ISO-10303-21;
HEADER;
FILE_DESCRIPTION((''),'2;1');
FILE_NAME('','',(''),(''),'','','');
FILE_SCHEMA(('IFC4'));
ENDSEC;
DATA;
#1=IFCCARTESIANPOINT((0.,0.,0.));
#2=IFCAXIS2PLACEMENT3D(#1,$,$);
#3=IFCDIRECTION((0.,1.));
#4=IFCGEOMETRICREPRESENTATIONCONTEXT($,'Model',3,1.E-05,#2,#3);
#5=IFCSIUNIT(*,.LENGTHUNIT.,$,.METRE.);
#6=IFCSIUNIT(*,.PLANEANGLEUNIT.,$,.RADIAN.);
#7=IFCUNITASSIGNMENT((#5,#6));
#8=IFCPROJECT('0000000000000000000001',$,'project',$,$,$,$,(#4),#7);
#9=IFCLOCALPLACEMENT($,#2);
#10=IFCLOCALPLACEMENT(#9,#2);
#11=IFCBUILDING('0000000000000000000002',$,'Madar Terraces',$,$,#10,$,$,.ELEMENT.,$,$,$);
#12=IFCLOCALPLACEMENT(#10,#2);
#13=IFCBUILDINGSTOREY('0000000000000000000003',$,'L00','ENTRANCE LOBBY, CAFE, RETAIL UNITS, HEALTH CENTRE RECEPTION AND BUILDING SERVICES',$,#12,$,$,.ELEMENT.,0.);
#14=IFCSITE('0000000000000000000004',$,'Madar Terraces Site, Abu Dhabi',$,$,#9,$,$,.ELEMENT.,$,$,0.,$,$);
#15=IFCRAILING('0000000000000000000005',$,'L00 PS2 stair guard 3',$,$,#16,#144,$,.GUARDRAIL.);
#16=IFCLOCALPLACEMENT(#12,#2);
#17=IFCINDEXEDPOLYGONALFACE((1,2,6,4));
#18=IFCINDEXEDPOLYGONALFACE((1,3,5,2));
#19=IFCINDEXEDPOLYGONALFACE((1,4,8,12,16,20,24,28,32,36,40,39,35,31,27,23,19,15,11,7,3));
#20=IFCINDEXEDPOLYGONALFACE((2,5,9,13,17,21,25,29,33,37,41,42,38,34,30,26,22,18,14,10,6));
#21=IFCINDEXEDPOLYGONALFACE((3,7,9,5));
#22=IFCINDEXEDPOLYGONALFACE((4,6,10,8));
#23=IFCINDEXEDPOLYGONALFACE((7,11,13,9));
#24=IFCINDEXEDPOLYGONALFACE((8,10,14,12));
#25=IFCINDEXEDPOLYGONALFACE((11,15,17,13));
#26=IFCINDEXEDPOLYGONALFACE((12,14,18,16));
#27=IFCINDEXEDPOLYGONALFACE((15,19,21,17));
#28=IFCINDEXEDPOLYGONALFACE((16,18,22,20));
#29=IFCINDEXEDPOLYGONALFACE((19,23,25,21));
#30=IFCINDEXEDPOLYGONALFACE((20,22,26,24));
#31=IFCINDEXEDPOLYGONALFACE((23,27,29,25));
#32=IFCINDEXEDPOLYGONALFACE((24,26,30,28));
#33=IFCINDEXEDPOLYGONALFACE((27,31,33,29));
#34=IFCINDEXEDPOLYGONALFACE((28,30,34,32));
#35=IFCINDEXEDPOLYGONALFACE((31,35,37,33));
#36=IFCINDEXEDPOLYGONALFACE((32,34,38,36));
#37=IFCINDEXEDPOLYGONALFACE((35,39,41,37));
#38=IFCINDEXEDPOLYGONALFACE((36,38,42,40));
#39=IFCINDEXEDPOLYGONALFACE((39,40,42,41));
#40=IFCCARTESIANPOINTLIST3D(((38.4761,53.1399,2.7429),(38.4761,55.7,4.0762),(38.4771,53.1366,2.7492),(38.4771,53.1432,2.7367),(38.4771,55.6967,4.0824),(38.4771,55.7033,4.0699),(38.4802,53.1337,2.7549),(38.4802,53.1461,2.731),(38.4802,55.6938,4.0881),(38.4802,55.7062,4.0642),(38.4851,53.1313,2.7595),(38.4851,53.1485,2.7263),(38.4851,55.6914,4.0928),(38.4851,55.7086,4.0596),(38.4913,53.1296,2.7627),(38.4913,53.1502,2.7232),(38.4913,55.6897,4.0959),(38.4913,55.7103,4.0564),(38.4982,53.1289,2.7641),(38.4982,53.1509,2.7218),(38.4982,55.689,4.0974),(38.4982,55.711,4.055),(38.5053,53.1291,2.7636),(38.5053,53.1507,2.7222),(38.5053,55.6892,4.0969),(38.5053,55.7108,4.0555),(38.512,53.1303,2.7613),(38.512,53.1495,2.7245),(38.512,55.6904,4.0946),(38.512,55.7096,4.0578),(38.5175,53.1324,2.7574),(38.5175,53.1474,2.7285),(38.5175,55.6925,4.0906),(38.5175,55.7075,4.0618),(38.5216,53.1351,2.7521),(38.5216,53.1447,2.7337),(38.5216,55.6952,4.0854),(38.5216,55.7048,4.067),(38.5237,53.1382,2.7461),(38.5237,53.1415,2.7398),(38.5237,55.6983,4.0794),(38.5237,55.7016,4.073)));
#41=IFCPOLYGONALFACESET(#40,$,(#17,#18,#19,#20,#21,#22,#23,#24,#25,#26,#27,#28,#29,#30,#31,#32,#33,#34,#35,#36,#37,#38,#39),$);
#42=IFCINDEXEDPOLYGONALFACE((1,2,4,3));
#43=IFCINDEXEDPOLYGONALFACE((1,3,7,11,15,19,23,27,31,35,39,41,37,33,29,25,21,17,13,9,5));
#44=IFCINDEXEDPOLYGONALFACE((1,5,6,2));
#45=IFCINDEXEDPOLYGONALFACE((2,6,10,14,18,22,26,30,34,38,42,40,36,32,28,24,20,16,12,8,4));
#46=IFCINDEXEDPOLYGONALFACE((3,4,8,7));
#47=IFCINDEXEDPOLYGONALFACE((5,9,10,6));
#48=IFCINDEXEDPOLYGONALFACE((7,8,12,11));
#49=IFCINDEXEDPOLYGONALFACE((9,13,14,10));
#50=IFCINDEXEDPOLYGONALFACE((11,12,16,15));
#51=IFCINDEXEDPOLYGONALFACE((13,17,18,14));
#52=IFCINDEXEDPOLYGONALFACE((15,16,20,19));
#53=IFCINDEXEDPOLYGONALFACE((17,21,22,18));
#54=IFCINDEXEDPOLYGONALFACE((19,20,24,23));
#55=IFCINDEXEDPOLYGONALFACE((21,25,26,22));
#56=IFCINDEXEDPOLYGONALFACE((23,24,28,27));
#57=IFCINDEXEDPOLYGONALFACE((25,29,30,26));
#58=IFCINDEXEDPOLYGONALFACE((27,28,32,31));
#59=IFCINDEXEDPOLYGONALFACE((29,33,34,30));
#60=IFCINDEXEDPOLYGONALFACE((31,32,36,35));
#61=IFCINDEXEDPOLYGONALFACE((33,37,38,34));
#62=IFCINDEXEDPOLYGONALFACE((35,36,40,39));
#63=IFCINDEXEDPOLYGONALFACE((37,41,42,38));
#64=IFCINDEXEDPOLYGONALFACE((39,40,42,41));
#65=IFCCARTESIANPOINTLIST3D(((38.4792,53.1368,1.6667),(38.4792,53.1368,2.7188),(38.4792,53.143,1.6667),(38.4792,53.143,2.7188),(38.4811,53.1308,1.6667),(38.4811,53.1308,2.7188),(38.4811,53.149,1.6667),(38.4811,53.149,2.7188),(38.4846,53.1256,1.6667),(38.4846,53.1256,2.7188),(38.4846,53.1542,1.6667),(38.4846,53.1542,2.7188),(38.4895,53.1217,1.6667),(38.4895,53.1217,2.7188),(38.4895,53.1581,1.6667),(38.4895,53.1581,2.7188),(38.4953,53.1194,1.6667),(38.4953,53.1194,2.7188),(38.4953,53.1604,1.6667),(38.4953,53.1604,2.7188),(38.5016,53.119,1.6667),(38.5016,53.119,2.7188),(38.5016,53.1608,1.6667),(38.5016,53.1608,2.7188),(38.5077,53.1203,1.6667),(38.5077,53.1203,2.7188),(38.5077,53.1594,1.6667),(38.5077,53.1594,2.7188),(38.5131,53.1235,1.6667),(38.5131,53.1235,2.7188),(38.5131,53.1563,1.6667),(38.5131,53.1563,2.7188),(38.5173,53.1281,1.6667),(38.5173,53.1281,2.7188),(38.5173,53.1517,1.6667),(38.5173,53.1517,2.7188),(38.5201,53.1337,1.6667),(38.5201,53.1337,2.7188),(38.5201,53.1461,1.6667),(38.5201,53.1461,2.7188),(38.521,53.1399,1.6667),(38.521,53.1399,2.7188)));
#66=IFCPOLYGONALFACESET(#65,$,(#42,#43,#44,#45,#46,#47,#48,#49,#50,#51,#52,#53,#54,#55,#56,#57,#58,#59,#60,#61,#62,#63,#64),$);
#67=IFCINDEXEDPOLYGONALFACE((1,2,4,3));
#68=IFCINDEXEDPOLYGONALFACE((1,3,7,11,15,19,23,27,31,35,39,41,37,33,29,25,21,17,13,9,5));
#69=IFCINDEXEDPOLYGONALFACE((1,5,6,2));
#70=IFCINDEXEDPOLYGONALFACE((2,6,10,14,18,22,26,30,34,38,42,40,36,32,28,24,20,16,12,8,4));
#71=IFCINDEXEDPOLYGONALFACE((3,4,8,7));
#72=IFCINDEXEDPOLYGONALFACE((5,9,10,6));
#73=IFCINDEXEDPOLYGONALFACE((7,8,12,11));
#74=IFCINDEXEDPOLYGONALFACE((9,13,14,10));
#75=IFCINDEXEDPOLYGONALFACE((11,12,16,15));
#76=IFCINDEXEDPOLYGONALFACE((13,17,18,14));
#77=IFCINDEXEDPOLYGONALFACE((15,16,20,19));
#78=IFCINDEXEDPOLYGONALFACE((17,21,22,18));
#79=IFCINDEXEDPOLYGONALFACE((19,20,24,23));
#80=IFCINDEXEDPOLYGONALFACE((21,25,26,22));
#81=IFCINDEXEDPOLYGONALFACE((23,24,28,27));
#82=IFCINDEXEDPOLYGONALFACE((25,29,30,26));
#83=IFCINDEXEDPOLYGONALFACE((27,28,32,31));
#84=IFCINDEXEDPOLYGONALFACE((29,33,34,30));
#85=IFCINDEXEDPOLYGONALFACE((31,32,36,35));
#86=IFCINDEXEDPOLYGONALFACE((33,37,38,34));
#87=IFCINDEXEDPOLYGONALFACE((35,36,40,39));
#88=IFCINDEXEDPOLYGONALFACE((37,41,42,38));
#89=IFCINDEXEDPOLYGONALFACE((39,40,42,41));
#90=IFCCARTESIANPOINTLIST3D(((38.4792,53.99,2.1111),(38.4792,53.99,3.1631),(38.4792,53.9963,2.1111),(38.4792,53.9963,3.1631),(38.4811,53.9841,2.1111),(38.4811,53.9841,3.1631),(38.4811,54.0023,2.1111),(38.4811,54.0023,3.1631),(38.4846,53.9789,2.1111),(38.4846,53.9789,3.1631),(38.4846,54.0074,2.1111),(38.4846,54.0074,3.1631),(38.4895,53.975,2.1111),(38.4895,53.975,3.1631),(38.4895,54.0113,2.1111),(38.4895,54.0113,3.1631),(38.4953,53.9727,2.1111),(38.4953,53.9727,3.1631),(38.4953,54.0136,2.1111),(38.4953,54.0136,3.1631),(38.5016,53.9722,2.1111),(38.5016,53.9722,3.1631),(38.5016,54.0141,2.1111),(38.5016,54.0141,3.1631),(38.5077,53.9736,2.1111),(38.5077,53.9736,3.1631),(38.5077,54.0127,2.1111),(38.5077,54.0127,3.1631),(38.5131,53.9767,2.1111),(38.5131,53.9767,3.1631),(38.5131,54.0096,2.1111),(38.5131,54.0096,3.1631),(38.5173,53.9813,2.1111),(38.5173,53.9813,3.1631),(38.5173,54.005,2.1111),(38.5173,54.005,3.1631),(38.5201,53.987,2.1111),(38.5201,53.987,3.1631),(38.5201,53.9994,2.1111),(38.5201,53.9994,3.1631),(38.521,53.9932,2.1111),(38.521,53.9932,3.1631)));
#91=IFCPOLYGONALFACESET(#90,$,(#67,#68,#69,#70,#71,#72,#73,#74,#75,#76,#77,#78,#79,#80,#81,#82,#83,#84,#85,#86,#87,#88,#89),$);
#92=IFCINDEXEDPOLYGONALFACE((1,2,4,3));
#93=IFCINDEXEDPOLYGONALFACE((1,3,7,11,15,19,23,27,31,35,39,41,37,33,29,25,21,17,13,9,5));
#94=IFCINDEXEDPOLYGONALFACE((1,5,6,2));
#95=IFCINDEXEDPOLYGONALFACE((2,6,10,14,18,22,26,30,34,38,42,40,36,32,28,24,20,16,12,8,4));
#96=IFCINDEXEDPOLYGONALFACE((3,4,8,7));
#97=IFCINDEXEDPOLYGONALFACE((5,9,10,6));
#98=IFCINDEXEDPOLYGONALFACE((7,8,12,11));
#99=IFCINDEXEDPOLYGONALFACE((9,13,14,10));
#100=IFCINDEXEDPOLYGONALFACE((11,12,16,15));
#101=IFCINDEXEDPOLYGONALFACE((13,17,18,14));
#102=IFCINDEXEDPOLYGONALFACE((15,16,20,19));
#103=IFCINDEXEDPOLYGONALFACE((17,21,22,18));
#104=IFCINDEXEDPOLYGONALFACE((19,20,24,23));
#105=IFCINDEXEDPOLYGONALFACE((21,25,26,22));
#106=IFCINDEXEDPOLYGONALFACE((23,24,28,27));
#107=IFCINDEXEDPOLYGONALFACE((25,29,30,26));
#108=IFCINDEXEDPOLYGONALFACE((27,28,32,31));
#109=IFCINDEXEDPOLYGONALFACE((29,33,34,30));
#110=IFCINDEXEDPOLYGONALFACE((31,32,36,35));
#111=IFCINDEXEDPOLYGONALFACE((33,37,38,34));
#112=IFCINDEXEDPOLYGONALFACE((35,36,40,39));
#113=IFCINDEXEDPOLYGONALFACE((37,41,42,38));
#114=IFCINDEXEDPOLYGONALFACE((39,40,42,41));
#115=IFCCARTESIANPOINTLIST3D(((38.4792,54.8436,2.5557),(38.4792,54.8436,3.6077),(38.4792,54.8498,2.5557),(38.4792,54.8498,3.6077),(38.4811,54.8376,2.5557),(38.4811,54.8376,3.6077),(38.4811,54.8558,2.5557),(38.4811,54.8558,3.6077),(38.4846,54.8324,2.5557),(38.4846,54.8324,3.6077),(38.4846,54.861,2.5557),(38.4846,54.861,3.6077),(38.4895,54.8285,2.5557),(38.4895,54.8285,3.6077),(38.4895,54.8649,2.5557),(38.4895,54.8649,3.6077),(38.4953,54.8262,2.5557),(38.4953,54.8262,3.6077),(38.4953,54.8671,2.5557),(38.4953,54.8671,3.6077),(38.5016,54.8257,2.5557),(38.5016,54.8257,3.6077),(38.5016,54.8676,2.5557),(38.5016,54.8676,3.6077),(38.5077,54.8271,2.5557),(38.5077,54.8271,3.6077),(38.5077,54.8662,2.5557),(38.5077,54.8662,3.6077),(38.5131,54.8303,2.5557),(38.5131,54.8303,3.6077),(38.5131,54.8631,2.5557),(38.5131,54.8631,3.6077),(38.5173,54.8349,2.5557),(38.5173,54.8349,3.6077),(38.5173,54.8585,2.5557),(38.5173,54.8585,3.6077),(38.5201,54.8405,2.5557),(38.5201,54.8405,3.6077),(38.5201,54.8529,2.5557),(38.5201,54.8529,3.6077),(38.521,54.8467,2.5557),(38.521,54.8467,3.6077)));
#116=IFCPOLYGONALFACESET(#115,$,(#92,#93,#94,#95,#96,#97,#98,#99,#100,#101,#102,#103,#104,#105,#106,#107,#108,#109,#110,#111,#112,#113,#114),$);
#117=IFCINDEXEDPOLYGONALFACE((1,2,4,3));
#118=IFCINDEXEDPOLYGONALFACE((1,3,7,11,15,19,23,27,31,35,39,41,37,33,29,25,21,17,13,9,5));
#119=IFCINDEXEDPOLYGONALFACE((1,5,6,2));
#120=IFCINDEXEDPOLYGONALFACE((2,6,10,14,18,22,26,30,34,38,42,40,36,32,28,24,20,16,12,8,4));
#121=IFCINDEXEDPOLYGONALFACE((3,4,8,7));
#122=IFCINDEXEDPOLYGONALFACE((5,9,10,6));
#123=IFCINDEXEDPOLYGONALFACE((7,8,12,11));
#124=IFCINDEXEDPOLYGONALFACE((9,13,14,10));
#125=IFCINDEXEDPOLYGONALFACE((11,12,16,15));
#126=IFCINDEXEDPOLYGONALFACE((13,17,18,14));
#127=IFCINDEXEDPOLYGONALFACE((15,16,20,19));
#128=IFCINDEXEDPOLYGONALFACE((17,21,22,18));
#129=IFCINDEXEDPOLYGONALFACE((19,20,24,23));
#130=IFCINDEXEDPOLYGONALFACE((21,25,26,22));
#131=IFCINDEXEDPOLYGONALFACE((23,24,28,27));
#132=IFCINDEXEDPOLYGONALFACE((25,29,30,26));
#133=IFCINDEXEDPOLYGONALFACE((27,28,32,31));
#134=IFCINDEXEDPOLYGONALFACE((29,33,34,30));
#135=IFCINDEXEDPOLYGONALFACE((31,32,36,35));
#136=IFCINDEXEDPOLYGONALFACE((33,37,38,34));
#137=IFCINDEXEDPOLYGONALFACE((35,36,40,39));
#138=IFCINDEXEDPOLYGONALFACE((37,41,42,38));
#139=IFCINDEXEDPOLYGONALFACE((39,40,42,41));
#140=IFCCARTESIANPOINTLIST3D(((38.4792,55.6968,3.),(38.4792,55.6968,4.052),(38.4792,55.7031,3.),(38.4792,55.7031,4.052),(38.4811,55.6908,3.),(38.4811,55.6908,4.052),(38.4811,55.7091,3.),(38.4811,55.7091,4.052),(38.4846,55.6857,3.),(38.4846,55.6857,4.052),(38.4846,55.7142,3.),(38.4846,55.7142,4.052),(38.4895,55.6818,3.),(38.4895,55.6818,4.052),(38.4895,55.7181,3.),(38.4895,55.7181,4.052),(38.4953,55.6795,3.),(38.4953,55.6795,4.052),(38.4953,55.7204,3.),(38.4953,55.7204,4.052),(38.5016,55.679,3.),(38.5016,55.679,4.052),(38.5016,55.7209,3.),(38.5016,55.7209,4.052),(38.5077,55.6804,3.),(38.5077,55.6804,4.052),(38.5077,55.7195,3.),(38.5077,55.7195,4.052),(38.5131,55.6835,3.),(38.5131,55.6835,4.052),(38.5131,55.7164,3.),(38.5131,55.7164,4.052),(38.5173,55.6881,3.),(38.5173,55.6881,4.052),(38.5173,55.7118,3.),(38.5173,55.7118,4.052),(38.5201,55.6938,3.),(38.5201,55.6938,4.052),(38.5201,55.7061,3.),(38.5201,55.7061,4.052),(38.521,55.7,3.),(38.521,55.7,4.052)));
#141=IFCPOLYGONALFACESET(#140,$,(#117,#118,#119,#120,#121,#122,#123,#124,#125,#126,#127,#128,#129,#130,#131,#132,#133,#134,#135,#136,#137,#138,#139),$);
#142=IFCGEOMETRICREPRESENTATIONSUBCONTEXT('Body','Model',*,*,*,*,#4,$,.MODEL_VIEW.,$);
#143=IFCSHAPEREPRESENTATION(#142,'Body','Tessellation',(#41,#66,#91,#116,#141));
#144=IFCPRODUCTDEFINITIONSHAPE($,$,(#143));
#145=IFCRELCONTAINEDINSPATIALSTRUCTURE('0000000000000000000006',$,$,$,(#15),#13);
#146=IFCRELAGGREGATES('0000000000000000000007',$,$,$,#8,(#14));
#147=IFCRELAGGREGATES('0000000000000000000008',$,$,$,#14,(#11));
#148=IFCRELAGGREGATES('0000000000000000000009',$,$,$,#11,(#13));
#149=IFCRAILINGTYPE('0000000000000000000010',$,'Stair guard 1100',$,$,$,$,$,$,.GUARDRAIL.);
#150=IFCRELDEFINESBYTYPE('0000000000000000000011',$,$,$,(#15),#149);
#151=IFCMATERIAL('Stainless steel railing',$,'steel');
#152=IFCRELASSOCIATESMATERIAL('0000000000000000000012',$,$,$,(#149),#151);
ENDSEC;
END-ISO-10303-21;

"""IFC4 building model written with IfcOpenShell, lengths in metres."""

from ifc_helpers import new_model, si_unit, direction, frame, origin, origin_2d, place, context, subcontext, project, spatial, circle, extrude, material, type_object, element, save


model = new_model("IFC4")

# Units and contexts
model_context = context("Model", 3, precision=1e-05, world=origin(), true_north=direction((0.0, 1.0)))
body_context = subcontext(model_context, "Body", "Model", "MODEL_VIEW")
ifc_project = project(units=[si_unit("LENGTHUNIT", "METRE"), si_unit("PLANEANGLEUNIT", "RADIAN")], contexts=[model_context])

# Site, building, storey
site_placement = place(None, origin())
site = spatial("IfcSite", under=ifc_project, at=site_placement, Name="Madar Terraces Site, Abu Dhabi", CompositionType="ELEMENT", RefElevation=0.0)
building_placement = place(site_placement, origin())
building = spatial("IfcBuilding", under=site, at=building_placement, Name="Madar Terraces", CompositionType="ELEMENT")
storey_placement = place(building_placement, origin())
storey = spatial("IfcBuildingStorey", under=building, at=storey_placement, Name="L00", Description="ENTRANCE LOBBY, CAFE, RETAIL UNITS, HEALTH CENTRE RECEPTION AND BUILDING SERVICES", CompositionType="ELEMENT", Elevation=0.0)

# Railing
ifc_material_1 = material(Name="Stainless steel railing", Category="steel")
railing_type_1 = type_object("IfcRailingType", Name="Stair guard 1100", PredefinedType="GUARDRAIL", material=ifc_material_1)
railing_1_placement = place(storey_placement, frame((38.5, 53.1399, 1.6667)))
element("IfcRailing", 1, at=railing_1_placement, inside=storey, type_object=railing_type_1, Name="L00 PS2 stair guard 3", PredefinedType="GUARDRAIL", context=body_context, shape_type="SweptSolid", body=[
    extrude(circle(Radius=0.0239, at=origin_2d()), frame((0.0, 0.0, 1.0762), z_axis=(0.0, 0.88693, 0.461904), x_axis=(-1.0, 0.0, 0.0)), (0.0, 0.0, 1.0), 2.8865),
    extrude(circle(Radius=0.021, at=origin_2d()), origin(), (0.0, 0.0, 1.0), 1.052),
    extrude(circle(Radius=0.021, at=origin_2d()), frame((0.0, 0.8533, 0.4443)), (0.0, 0.0, 1.0), 1.052),
    extrude(circle(Radius=0.021, at=origin_2d()), frame((0.0, 1.7068, 0.8889)), (0.0, 0.0, 1.0), 1.052),
    extrude(circle(Radius=0.021, at=origin_2d()), frame((0.0, 2.5601, 1.3333)), (0.0, 0.0, 1.0), 1.052),
])

save(model, "model.ifc")
